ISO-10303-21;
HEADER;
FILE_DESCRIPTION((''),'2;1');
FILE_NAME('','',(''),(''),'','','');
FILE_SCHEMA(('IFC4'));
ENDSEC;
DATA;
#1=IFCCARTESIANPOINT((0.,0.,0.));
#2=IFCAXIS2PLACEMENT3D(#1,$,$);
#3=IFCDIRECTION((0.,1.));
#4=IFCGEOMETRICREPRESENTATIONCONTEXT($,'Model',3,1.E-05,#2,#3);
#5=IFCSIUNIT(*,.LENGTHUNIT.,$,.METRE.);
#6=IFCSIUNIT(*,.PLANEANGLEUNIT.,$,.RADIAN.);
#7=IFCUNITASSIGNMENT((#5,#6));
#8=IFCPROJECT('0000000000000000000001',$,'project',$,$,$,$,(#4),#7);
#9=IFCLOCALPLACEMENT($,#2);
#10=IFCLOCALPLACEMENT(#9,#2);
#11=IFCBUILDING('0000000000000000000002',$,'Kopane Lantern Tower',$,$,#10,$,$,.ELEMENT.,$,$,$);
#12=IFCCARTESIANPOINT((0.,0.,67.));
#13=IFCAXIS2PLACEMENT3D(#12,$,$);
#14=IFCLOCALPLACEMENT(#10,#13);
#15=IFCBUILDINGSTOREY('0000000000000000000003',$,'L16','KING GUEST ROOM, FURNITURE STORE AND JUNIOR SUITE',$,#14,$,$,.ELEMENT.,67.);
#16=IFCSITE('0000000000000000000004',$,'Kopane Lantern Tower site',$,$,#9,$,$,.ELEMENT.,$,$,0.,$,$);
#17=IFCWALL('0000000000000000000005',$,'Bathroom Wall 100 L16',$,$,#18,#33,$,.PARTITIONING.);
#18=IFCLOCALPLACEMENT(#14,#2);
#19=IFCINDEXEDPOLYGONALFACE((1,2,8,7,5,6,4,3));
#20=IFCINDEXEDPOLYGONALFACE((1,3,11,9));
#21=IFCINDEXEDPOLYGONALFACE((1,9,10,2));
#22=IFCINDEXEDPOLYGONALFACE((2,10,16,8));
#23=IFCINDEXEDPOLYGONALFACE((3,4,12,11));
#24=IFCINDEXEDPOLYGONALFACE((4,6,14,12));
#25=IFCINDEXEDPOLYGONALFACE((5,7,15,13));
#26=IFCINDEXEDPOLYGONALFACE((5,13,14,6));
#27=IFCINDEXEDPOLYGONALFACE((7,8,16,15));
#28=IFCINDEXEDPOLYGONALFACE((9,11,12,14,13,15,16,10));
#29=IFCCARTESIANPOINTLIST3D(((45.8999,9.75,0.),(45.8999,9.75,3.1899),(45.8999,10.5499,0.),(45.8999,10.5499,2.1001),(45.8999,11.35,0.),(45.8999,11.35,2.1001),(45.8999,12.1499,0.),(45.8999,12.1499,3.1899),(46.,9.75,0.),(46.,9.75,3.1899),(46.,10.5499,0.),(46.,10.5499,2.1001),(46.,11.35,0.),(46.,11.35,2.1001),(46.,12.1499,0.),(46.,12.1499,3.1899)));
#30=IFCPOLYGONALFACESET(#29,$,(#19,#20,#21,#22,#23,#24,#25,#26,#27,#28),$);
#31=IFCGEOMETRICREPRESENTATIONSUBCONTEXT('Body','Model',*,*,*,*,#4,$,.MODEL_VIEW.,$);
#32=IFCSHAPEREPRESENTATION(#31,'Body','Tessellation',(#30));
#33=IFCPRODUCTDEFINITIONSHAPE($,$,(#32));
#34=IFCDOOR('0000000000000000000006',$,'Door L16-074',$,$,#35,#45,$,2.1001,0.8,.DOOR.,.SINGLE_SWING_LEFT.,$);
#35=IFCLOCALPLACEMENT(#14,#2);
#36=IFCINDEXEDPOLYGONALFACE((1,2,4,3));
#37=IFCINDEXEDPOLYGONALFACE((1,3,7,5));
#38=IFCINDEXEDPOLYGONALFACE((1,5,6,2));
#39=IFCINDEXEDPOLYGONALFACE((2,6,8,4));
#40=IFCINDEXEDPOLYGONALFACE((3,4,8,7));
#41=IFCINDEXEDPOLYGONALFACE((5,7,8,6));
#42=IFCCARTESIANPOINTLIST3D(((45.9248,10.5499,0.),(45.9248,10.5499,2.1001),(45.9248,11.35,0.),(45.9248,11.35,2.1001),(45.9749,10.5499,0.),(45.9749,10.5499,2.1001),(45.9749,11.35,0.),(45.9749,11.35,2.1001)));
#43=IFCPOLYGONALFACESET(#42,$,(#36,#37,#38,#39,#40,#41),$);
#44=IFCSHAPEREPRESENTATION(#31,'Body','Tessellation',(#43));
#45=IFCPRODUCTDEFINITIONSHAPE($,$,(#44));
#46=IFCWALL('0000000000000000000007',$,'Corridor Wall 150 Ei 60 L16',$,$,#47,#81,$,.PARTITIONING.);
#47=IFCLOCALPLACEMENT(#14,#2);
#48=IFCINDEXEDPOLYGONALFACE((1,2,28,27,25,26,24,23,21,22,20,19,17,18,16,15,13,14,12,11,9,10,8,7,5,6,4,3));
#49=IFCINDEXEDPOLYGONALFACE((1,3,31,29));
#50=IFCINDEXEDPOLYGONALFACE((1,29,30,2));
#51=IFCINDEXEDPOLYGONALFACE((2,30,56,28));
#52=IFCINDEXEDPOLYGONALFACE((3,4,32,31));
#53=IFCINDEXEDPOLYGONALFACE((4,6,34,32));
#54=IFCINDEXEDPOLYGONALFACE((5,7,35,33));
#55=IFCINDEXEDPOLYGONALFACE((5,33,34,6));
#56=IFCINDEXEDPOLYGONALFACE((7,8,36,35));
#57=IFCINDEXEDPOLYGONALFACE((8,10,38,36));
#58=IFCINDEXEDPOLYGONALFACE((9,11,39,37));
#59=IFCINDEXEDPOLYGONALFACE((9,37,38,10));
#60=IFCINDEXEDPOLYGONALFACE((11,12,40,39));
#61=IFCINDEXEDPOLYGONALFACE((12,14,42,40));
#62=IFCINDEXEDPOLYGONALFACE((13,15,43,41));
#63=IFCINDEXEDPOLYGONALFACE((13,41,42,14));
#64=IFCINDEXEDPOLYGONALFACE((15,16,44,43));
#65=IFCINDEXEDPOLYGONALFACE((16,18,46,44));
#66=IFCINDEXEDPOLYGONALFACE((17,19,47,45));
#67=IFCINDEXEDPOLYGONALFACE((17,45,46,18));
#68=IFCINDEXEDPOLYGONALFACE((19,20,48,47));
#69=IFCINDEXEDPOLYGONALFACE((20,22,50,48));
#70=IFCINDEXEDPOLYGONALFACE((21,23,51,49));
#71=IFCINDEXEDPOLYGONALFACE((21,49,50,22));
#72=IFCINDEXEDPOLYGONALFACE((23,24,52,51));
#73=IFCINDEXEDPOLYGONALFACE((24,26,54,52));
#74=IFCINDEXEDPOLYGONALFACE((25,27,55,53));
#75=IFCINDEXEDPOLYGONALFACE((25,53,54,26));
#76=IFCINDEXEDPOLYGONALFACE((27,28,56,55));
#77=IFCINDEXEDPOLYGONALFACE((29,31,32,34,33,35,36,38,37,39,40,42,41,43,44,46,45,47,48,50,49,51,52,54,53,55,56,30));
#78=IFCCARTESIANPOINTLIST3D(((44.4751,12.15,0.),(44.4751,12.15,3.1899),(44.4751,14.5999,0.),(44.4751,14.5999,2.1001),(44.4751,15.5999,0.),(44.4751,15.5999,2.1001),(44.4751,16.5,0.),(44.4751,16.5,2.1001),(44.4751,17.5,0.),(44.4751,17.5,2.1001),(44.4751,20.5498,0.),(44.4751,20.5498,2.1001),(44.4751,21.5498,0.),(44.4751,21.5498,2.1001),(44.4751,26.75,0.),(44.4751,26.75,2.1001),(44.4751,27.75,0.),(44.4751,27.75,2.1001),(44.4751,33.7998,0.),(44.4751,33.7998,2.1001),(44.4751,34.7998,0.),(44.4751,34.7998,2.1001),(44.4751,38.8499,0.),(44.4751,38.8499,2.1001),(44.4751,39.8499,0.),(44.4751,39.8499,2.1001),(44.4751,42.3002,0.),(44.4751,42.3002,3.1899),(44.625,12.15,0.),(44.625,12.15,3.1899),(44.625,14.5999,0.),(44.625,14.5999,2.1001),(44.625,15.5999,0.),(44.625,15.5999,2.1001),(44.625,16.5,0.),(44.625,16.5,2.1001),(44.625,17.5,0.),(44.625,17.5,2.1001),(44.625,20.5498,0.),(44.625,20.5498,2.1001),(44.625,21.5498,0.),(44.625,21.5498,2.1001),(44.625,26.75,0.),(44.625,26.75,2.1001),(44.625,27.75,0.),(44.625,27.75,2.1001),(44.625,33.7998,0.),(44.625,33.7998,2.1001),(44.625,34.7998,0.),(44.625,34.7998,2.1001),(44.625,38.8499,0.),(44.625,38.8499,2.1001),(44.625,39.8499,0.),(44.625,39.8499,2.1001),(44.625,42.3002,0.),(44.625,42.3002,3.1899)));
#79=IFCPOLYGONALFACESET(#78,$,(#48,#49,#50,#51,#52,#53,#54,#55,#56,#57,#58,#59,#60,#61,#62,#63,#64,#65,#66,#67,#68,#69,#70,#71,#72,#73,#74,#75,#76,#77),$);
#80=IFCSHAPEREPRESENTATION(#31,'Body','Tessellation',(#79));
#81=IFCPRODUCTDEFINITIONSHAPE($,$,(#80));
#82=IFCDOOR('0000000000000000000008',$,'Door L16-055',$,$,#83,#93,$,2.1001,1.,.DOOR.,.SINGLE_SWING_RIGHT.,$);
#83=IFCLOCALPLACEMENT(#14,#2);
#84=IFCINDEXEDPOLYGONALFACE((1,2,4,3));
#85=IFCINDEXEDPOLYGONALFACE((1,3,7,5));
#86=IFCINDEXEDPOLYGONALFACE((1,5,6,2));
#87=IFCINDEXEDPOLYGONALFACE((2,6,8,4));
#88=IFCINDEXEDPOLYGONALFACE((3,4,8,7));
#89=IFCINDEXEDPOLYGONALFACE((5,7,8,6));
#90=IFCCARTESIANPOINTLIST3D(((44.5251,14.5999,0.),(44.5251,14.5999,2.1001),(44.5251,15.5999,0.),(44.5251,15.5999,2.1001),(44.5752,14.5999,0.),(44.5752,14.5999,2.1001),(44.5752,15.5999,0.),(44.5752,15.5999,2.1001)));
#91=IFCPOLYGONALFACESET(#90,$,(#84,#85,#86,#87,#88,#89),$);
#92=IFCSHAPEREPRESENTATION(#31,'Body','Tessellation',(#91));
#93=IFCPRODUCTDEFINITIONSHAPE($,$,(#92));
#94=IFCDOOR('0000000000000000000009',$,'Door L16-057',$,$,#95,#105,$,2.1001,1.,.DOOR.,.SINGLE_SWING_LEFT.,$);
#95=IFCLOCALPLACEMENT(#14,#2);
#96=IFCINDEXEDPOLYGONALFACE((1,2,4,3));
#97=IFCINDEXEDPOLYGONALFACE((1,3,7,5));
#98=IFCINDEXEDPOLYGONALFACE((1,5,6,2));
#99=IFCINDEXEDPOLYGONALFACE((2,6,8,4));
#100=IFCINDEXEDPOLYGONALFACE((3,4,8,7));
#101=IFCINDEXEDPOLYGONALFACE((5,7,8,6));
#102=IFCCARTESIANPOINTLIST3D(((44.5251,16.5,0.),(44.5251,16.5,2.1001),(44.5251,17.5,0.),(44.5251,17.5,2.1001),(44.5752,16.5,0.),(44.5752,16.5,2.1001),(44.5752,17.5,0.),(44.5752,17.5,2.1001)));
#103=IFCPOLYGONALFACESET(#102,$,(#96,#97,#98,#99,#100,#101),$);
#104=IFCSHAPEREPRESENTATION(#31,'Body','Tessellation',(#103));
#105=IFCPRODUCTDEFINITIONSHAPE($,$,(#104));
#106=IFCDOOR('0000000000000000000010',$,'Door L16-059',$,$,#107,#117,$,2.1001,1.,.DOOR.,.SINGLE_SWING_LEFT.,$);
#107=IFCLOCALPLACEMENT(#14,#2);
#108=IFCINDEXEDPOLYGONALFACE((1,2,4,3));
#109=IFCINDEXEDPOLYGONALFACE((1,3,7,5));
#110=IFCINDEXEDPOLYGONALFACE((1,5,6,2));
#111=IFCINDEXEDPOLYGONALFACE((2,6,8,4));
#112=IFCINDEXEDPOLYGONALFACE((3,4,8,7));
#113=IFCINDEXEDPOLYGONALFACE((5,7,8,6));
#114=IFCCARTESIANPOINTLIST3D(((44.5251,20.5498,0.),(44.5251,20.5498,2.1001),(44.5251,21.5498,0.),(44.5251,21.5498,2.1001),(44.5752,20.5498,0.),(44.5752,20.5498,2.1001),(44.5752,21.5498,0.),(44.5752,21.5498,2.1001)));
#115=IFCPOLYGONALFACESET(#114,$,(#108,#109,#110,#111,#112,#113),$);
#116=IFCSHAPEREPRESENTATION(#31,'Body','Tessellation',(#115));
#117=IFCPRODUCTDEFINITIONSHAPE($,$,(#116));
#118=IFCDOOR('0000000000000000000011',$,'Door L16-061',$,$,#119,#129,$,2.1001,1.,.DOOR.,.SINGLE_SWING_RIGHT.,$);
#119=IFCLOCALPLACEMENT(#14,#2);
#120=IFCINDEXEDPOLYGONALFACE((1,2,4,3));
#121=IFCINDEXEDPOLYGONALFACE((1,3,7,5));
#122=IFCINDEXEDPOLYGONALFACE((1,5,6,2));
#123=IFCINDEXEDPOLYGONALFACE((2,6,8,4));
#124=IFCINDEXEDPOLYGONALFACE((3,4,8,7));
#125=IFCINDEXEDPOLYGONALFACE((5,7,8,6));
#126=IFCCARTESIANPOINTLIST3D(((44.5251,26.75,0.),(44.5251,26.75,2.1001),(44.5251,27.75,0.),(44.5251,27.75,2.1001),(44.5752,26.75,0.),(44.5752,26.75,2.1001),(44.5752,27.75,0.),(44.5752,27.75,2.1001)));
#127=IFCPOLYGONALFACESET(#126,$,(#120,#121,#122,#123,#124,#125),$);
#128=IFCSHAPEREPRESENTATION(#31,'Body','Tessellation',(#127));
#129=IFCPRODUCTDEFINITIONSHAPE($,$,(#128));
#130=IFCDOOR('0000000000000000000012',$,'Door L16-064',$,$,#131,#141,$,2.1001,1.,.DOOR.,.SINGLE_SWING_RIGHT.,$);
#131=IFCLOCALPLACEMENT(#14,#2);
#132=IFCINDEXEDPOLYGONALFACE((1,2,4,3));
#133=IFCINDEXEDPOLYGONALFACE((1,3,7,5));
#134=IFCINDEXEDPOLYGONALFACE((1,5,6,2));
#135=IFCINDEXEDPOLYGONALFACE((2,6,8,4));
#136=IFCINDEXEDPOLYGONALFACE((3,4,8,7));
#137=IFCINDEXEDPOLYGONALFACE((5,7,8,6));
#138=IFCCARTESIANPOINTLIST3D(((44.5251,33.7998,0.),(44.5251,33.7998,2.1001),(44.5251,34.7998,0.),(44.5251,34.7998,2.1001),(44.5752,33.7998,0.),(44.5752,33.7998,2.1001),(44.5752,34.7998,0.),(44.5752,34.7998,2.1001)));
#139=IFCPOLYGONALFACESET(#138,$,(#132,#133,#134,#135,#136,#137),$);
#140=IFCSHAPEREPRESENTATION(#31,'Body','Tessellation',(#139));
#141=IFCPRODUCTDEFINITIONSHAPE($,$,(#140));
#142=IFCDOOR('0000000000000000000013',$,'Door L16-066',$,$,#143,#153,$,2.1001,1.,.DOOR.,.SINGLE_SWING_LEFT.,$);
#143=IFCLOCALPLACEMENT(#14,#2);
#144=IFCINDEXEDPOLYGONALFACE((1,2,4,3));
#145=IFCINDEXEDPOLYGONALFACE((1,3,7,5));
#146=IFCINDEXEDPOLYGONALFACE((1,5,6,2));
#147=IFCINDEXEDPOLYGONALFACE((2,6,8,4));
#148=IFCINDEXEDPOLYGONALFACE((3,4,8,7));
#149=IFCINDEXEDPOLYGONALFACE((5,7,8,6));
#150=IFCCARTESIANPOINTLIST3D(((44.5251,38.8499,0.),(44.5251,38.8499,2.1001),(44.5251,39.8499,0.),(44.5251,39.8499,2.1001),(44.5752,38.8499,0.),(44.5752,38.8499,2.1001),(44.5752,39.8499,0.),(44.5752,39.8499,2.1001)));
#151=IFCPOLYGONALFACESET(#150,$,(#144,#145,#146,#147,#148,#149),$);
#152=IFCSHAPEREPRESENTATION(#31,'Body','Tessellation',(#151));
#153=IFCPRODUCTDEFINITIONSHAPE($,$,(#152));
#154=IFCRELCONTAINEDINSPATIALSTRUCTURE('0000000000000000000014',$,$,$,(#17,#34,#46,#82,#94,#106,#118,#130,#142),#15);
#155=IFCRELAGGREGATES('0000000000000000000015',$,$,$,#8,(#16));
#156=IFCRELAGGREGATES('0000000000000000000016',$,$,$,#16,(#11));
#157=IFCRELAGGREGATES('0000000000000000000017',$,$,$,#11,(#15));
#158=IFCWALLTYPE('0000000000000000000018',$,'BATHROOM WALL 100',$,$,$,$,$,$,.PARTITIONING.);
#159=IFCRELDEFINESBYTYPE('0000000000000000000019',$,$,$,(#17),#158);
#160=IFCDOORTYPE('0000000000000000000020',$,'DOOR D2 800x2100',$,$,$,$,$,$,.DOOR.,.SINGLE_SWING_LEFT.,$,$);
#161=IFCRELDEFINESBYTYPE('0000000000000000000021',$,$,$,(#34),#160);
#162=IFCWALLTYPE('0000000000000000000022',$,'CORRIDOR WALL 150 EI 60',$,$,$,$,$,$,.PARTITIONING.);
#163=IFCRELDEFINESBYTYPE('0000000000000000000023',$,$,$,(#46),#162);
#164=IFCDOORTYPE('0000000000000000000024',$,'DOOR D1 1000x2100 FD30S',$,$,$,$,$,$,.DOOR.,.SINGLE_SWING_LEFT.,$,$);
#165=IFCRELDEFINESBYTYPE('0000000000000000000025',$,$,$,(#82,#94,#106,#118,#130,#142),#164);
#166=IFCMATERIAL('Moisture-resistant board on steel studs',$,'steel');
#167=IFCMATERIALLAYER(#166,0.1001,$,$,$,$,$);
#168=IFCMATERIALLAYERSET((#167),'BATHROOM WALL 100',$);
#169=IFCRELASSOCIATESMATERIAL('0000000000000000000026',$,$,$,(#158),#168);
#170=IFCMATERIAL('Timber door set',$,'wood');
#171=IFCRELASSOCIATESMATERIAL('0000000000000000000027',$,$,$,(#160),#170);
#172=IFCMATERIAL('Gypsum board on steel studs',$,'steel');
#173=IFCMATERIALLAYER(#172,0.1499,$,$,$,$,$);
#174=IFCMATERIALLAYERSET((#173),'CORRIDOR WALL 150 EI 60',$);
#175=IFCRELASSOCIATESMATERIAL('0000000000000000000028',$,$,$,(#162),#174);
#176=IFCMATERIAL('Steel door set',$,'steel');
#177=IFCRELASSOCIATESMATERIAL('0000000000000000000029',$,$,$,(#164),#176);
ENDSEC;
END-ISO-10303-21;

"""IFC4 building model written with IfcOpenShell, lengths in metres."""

from ifc_helpers import new_model, si_unit, direction, frame, frame_2d, origin, place, context, subcontext, project, spatial, rectangle, extrude, material, layer, layer_set, type_object, element, fill, save


model = new_model("IFC4")

# Units and contexts
model_context = context("Model", 3, precision=1e-05, world=origin(), true_north=direction((0.0, 1.0)))
body_context = subcontext(model_context, "Body", "Model", "MODEL_VIEW")
ifc_project = project(units=[si_unit("LENGTHUNIT", "METRE"), si_unit("PLANEANGLEUNIT", "RADIAN")], contexts=[model_context])

# Site, building, storey
site_placement = place(None, origin())
site = spatial("IfcSite", under=ifc_project, at=site_placement, Name="Kopane Lantern Tower site", CompositionType="ELEMENT", RefElevation=0.0)
building_placement = place(site_placement, origin())
building = spatial("IfcBuilding", under=site, at=building_placement, Name="Kopane Lantern Tower", CompositionType="ELEMENT")
storey_placement = place(building_placement, frame((0.0, 0.0, 67.0)))
storey = spatial("IfcBuildingStorey", under=building, at=storey_placement, Name="L16", Description="KING GUEST ROOM, FURNITURE STORE AND JUNIOR SUITE", CompositionType="ELEMENT", Elevation=67.0)

# Shared definitions
ifc_material_1 = material(Name="Moisture-resistant board on steel studs", Category="steel")
ifc_layer_1 = layer(ifc_material_1, 0.1001)
ifc_layer_set_1 = layer_set([ifc_layer_1], Name="BATHROOM WALL 100")
wall_type_1 = type_object("IfcWallType", Name="BATHROOM WALL 100", PredefinedType="PARTITIONING", material=ifc_layer_set_1)

# Wall, opening, door
wall_1_placement = place(storey_placement, frame((45.95, 12.1499, 0.0), z_axis=(0.0, 0.0, 1.0), x_axis=(0.0, -1.0, 0.0)))
wall_1 = element("IfcWall", 1, at=wall_1_placement, inside=storey, type_object=wall_type_1, Name="Bathroom Wall 100 L16", PredefinedType="PARTITIONING", context=body_context, shape_type="SweptSolid", body=[
    extrude(rectangle(XDim=2.3999, YDim=0.1001, at=frame_2d((1.2, 0.0))), origin(), (0.0, 0.0, 1.0), 3.1899),
])
opening_1_placement = place(wall_1_placement, frame((0.8, 0.0, 0.0)))
opening_1 = element("IfcOpeningElement", 2, at=opening_1_placement, cuts=wall_1, PredefinedType="OPENING", context=body_context, shape_type="SweptSolid", body=[
    extrude(rectangle(XDim=0.8, YDim=2.1001, at=frame_2d((0.3999, 1.05))), frame((0.0, 0.0601, 0.0), z_axis=(0.0, -1.0, 0.0), x_axis=(1.0, 0.0, 0.0)), (0.0, 0.0, 1.0), 0.1201),
])
ifc_material_2 = material(Name="Timber door set", Category="wood")
door_type_1 = type_object("IfcDoorType", Name="DOOR D2 800x2100", OperationType="SINGLE_SWING_LEFT", PredefinedType="DOOR", material=ifc_material_2)
door_1_placement = place(opening_1_placement, origin())
door_1 = element("IfcDoor", 3, at=door_1_placement, inside=storey, type_object=door_type_1, Name="Door L16-074", OperationType="SINGLE_SWING_LEFT", OverallHeight=2.1001, OverallWidth=0.8, PredefinedType="DOOR", context=body_context, shape_type="SweptSolid", body=[
    extrude(rectangle(XDim=0.8, YDim=2.1001, at=frame_2d((0.3999, 1.05))), frame((0.0, 0.0249, 0.0), z_axis=(0.0, -1.0, 0.0), x_axis=(1.0, 0.0, 0.0)), (0.0, 0.0, 1.0), 0.05),
])
fill(opening_1, door_1)

# Wall, openings, doors
ifc_material_3 = material(Name="Gypsum board on steel studs", Category="steel")
ifc_layer_2 = layer(ifc_material_3, 0.1499)
ifc_layer_set_2 = layer_set([ifc_layer_2], Name="CORRIDOR WALL 150 EI 60")
wall_type_2 = type_object("IfcWallType", Name="CORRIDOR WALL 150 EI 60", PredefinedType="PARTITIONING", material=ifc_layer_set_2)
wall_2_placement = place(storey_placement, frame((44.55, 12.1499, 0.0), z_axis=(0.0, 0.0, 1.0), x_axis=(0.0, 1.0, 0.0)))
wall_2 = element("IfcWall", 4, at=wall_2_placement, inside=storey, type_object=wall_type_2, Name="Corridor Wall 150 Ei 60 L16", PredefinedType="PARTITIONING", context=body_context, shape_type="SweptSolid", body=[
    extrude(rectangle(XDim=30.1501, YDim=0.1499, at=frame_2d((15.0752, 0.0))), origin(), (0.0, 0.0, 1.0), 3.1899),
])
opening_2_placement = place(wall_2_placement, frame((2.45, 0.0, 0.0)))
opening_2 = element("IfcOpeningElement", 5, at=opening_2_placement, cuts=wall_2, PredefinedType="OPENING", context=body_context, shape_type="SweptSolid", body=[
    extrude(rectangle(XDim=1.0, YDim=2.1001, at=frame_2d((0.5, 1.05))), frame((0.0, 0.085, 0.0), z_axis=(0.0, -1.0, 0.0), x_axis=(1.0, 0.0, 0.0)), (0.0, 0.0, 1.0), 0.1699),
])
opening_3_placement = place(wall_2_placement, frame((4.3501, 0.0, 0.0)))
opening_3 = element("IfcOpeningElement", 6, at=opening_3_placement, cuts=wall_2, PredefinedType="OPENING", context=body_context, shape_type="SweptSolid", body=[
    extrude(rectangle(XDim=1.0, YDim=2.1001, at=frame_2d((0.5, 1.05))), frame((0.0, 0.085, 0.0), z_axis=(0.0, -1.0, 0.0), x_axis=(1.0, 0.0, 0.0)), (0.0, 0.0, 1.0), 0.1699),
])
opening_4_placement = place(wall_2_placement, frame((8.3999, 0.0, 0.0)))
opening_4 = element("IfcOpeningElement", 7, at=opening_4_placement, cuts=wall_2, PredefinedType="OPENING", context=body_context, shape_type="SweptSolid", body=[
    extrude(rectangle(XDim=1.0, YDim=2.1001, at=frame_2d((0.5, 1.05))), frame((0.0, 0.085, 0.0), z_axis=(0.0, -1.0, 0.0), x_axis=(1.0, 0.0, 0.0)), (0.0, 0.0, 1.0), 0.1699),
])
opening_5_placement = place(wall_2_placement, frame((14.6001, 0.0, 0.0)))
opening_5 = element("IfcOpeningElement", 8, at=opening_5_placement, cuts=wall_2, PredefinedType="OPENING", context=body_context, shape_type="SweptSolid", body=[
    extrude(rectangle(XDim=1.0, YDim=2.1001, at=frame_2d((0.5, 1.05))), frame((0.0, 0.085, 0.0), z_axis=(0.0, -1.0, 0.0), x_axis=(1.0, 0.0, 0.0)), (0.0, 0.0, 1.0), 0.1699),
])
opening_6_placement = place(wall_2_placement, frame((21.6499, 0.0, 0.0)))
opening_6 = element("IfcOpeningElement", 9, at=opening_6_placement, cuts=wall_2, PredefinedType="OPENING", context=body_context, shape_type="SweptSolid", body=[
    extrude(rectangle(XDim=1.0, YDim=2.1001, at=frame_2d((0.5, 1.05))), frame((0.0, 0.085, 0.0), z_axis=(0.0, -1.0, 0.0), x_axis=(1.0, 0.0, 0.0)), (0.0, 0.0, 1.0), 0.1699),
])
opening_7_placement = place(wall_2_placement, frame((26.7, 0.0, 0.0)))
opening_7 = element("IfcOpeningElement", 10, at=opening_7_placement, cuts=wall_2, PredefinedType="OPENING", context=body_context, shape_type="SweptSolid", body=[
    extrude(rectangle(XDim=1.0, YDim=2.1001, at=frame_2d((0.5, 1.05))), frame((0.0, 0.085, 0.0), z_axis=(0.0, -1.0, 0.0), x_axis=(1.0, 0.0, 0.0)), (0.0, 0.0, 1.0), 0.1699),
])
ifc_material_4 = material(Name="Steel door set", Category="steel")
door_type_2 = type_object("IfcDoorType", Name="DOOR D1 1000x2100 FD30S", OperationType="SINGLE_SWING_LEFT", PredefinedType="DOOR", material=ifc_material_4)
door_2_placement = place(opening_2_placement, origin())
door_2 = element("IfcDoor", 11, at=door_2_placement, inside=storey, type_object=door_type_2, Name="Door L16-055", OperationType="SINGLE_SWING_RIGHT", OverallHeight=2.1001, OverallWidth=1.0, PredefinedType="DOOR", context=body_context, shape_type="SweptSolid", body=[
    extrude(rectangle(XDim=1.0, YDim=2.1001, at=frame_2d((0.5, 1.05))), frame((0.0, 0.0249, 0.0), z_axis=(0.0, -1.0, 0.0), x_axis=(1.0, 0.0, 0.0)), (0.0, 0.0, 1.0), 0.05),
])
fill(opening_2, door_2)
door_3_placement = place(opening_3_placement, origin())
door_3 = element("IfcDoor", 12, at=door_3_placement, inside=storey, type_object=door_type_2, Name="Door L16-057", OperationType="SINGLE_SWING_LEFT", OverallHeight=2.1001, OverallWidth=1.0, PredefinedType="DOOR", context=body_context, shape_type="SweptSolid", body=[
    extrude(rectangle(XDim=1.0, YDim=2.1001, at=frame_2d((0.5, 1.05))), frame((0.0, 0.0249, 0.0), z_axis=(0.0, -1.0, 0.0), x_axis=(1.0, 0.0, 0.0)), (0.0, 0.0, 1.0), 0.05),
])
fill(opening_3, door_3)
door_4_placement = place(opening_4_placement, origin())
door_4 = element("IfcDoor", 13, at=door_4_placement, inside=storey, type_object=door_type_2, Name="Door L16-059", OperationType="SINGLE_SWING_LEFT", OverallHeight=2.1001, OverallWidth=1.0, PredefinedType="DOOR", context=body_context, shape_type="SweptSolid", body=[
    extrude(rectangle(XDim=1.0, YDim=2.1001, at=frame_2d((0.5, 1.05))), frame((0.0, 0.0249, 0.0), z_axis=(0.0, -1.0, 0.0), x_axis=(1.0, 0.0, 0.0)), (0.0, 0.0, 1.0), 0.05),
])
fill(opening_4, door_4)
door_5_placement = place(opening_5_placement, origin())
door_5 = element("IfcDoor", 14, at=door_5_placement, inside=storey, type_object=door_type_2, Name="Door L16-061", OperationType="SINGLE_SWING_RIGHT", OverallHeight=2.1001, OverallWidth=1.0, PredefinedType="DOOR", context=body_context, shape_type="SweptSolid", body=[
    extrude(rectangle(XDim=1.0, YDim=2.1001, at=frame_2d((0.5, 1.05))), frame((0.0, 0.0249, 0.0), z_axis=(0.0, -1.0, 0.0), x_axis=(1.0, 0.0, 0.0)), (0.0, 0.0, 1.0), 0.05),
])
fill(opening_5, door_5)
door_6_placement = place(opening_6_placement, origin())
door_6 = element("IfcDoor", 15, at=door_6_placement, inside=storey, type_object=door_type_2, Name="Door L16-064", OperationType="SINGLE_SWING_RIGHT", OverallHeight=2.1001, OverallWidth=1.0, PredefinedType="DOOR", context=body_context, shape_type="SweptSolid", body=[
    extrude(rectangle(XDim=1.0, YDim=2.1001, at=frame_2d((0.5, 1.05))), frame((0.0, 0.0249, 0.0), z_axis=(0.0, -1.0, 0.0), x_axis=(1.0, 0.0, 0.0)), (0.0, 0.0, 1.0), 0.05),
])
fill(opening_6, door_6)
door_7_placement = place(opening_7_placement, origin())
door_7 = element("IfcDoor", 16, at=door_7_placement, inside=storey, type_object=door_type_2, Name="Door L16-066", OperationType="SINGLE_SWING_LEFT", OverallHeight=2.1001, OverallWidth=1.0, PredefinedType="DOOR", context=body_context, shape_type="SweptSolid", body=[
    extrude(rectangle(XDim=1.0, YDim=2.1001, at=frame_2d((0.5, 1.05))), frame((0.0, 0.0249, 0.0), z_axis=(0.0, -1.0, 0.0), x_axis=(1.0, 0.0, 0.0)), (0.0, 0.0, 1.0), 0.05),
])
fill(opening_7, door_7)

save(model, "model.ifc")
